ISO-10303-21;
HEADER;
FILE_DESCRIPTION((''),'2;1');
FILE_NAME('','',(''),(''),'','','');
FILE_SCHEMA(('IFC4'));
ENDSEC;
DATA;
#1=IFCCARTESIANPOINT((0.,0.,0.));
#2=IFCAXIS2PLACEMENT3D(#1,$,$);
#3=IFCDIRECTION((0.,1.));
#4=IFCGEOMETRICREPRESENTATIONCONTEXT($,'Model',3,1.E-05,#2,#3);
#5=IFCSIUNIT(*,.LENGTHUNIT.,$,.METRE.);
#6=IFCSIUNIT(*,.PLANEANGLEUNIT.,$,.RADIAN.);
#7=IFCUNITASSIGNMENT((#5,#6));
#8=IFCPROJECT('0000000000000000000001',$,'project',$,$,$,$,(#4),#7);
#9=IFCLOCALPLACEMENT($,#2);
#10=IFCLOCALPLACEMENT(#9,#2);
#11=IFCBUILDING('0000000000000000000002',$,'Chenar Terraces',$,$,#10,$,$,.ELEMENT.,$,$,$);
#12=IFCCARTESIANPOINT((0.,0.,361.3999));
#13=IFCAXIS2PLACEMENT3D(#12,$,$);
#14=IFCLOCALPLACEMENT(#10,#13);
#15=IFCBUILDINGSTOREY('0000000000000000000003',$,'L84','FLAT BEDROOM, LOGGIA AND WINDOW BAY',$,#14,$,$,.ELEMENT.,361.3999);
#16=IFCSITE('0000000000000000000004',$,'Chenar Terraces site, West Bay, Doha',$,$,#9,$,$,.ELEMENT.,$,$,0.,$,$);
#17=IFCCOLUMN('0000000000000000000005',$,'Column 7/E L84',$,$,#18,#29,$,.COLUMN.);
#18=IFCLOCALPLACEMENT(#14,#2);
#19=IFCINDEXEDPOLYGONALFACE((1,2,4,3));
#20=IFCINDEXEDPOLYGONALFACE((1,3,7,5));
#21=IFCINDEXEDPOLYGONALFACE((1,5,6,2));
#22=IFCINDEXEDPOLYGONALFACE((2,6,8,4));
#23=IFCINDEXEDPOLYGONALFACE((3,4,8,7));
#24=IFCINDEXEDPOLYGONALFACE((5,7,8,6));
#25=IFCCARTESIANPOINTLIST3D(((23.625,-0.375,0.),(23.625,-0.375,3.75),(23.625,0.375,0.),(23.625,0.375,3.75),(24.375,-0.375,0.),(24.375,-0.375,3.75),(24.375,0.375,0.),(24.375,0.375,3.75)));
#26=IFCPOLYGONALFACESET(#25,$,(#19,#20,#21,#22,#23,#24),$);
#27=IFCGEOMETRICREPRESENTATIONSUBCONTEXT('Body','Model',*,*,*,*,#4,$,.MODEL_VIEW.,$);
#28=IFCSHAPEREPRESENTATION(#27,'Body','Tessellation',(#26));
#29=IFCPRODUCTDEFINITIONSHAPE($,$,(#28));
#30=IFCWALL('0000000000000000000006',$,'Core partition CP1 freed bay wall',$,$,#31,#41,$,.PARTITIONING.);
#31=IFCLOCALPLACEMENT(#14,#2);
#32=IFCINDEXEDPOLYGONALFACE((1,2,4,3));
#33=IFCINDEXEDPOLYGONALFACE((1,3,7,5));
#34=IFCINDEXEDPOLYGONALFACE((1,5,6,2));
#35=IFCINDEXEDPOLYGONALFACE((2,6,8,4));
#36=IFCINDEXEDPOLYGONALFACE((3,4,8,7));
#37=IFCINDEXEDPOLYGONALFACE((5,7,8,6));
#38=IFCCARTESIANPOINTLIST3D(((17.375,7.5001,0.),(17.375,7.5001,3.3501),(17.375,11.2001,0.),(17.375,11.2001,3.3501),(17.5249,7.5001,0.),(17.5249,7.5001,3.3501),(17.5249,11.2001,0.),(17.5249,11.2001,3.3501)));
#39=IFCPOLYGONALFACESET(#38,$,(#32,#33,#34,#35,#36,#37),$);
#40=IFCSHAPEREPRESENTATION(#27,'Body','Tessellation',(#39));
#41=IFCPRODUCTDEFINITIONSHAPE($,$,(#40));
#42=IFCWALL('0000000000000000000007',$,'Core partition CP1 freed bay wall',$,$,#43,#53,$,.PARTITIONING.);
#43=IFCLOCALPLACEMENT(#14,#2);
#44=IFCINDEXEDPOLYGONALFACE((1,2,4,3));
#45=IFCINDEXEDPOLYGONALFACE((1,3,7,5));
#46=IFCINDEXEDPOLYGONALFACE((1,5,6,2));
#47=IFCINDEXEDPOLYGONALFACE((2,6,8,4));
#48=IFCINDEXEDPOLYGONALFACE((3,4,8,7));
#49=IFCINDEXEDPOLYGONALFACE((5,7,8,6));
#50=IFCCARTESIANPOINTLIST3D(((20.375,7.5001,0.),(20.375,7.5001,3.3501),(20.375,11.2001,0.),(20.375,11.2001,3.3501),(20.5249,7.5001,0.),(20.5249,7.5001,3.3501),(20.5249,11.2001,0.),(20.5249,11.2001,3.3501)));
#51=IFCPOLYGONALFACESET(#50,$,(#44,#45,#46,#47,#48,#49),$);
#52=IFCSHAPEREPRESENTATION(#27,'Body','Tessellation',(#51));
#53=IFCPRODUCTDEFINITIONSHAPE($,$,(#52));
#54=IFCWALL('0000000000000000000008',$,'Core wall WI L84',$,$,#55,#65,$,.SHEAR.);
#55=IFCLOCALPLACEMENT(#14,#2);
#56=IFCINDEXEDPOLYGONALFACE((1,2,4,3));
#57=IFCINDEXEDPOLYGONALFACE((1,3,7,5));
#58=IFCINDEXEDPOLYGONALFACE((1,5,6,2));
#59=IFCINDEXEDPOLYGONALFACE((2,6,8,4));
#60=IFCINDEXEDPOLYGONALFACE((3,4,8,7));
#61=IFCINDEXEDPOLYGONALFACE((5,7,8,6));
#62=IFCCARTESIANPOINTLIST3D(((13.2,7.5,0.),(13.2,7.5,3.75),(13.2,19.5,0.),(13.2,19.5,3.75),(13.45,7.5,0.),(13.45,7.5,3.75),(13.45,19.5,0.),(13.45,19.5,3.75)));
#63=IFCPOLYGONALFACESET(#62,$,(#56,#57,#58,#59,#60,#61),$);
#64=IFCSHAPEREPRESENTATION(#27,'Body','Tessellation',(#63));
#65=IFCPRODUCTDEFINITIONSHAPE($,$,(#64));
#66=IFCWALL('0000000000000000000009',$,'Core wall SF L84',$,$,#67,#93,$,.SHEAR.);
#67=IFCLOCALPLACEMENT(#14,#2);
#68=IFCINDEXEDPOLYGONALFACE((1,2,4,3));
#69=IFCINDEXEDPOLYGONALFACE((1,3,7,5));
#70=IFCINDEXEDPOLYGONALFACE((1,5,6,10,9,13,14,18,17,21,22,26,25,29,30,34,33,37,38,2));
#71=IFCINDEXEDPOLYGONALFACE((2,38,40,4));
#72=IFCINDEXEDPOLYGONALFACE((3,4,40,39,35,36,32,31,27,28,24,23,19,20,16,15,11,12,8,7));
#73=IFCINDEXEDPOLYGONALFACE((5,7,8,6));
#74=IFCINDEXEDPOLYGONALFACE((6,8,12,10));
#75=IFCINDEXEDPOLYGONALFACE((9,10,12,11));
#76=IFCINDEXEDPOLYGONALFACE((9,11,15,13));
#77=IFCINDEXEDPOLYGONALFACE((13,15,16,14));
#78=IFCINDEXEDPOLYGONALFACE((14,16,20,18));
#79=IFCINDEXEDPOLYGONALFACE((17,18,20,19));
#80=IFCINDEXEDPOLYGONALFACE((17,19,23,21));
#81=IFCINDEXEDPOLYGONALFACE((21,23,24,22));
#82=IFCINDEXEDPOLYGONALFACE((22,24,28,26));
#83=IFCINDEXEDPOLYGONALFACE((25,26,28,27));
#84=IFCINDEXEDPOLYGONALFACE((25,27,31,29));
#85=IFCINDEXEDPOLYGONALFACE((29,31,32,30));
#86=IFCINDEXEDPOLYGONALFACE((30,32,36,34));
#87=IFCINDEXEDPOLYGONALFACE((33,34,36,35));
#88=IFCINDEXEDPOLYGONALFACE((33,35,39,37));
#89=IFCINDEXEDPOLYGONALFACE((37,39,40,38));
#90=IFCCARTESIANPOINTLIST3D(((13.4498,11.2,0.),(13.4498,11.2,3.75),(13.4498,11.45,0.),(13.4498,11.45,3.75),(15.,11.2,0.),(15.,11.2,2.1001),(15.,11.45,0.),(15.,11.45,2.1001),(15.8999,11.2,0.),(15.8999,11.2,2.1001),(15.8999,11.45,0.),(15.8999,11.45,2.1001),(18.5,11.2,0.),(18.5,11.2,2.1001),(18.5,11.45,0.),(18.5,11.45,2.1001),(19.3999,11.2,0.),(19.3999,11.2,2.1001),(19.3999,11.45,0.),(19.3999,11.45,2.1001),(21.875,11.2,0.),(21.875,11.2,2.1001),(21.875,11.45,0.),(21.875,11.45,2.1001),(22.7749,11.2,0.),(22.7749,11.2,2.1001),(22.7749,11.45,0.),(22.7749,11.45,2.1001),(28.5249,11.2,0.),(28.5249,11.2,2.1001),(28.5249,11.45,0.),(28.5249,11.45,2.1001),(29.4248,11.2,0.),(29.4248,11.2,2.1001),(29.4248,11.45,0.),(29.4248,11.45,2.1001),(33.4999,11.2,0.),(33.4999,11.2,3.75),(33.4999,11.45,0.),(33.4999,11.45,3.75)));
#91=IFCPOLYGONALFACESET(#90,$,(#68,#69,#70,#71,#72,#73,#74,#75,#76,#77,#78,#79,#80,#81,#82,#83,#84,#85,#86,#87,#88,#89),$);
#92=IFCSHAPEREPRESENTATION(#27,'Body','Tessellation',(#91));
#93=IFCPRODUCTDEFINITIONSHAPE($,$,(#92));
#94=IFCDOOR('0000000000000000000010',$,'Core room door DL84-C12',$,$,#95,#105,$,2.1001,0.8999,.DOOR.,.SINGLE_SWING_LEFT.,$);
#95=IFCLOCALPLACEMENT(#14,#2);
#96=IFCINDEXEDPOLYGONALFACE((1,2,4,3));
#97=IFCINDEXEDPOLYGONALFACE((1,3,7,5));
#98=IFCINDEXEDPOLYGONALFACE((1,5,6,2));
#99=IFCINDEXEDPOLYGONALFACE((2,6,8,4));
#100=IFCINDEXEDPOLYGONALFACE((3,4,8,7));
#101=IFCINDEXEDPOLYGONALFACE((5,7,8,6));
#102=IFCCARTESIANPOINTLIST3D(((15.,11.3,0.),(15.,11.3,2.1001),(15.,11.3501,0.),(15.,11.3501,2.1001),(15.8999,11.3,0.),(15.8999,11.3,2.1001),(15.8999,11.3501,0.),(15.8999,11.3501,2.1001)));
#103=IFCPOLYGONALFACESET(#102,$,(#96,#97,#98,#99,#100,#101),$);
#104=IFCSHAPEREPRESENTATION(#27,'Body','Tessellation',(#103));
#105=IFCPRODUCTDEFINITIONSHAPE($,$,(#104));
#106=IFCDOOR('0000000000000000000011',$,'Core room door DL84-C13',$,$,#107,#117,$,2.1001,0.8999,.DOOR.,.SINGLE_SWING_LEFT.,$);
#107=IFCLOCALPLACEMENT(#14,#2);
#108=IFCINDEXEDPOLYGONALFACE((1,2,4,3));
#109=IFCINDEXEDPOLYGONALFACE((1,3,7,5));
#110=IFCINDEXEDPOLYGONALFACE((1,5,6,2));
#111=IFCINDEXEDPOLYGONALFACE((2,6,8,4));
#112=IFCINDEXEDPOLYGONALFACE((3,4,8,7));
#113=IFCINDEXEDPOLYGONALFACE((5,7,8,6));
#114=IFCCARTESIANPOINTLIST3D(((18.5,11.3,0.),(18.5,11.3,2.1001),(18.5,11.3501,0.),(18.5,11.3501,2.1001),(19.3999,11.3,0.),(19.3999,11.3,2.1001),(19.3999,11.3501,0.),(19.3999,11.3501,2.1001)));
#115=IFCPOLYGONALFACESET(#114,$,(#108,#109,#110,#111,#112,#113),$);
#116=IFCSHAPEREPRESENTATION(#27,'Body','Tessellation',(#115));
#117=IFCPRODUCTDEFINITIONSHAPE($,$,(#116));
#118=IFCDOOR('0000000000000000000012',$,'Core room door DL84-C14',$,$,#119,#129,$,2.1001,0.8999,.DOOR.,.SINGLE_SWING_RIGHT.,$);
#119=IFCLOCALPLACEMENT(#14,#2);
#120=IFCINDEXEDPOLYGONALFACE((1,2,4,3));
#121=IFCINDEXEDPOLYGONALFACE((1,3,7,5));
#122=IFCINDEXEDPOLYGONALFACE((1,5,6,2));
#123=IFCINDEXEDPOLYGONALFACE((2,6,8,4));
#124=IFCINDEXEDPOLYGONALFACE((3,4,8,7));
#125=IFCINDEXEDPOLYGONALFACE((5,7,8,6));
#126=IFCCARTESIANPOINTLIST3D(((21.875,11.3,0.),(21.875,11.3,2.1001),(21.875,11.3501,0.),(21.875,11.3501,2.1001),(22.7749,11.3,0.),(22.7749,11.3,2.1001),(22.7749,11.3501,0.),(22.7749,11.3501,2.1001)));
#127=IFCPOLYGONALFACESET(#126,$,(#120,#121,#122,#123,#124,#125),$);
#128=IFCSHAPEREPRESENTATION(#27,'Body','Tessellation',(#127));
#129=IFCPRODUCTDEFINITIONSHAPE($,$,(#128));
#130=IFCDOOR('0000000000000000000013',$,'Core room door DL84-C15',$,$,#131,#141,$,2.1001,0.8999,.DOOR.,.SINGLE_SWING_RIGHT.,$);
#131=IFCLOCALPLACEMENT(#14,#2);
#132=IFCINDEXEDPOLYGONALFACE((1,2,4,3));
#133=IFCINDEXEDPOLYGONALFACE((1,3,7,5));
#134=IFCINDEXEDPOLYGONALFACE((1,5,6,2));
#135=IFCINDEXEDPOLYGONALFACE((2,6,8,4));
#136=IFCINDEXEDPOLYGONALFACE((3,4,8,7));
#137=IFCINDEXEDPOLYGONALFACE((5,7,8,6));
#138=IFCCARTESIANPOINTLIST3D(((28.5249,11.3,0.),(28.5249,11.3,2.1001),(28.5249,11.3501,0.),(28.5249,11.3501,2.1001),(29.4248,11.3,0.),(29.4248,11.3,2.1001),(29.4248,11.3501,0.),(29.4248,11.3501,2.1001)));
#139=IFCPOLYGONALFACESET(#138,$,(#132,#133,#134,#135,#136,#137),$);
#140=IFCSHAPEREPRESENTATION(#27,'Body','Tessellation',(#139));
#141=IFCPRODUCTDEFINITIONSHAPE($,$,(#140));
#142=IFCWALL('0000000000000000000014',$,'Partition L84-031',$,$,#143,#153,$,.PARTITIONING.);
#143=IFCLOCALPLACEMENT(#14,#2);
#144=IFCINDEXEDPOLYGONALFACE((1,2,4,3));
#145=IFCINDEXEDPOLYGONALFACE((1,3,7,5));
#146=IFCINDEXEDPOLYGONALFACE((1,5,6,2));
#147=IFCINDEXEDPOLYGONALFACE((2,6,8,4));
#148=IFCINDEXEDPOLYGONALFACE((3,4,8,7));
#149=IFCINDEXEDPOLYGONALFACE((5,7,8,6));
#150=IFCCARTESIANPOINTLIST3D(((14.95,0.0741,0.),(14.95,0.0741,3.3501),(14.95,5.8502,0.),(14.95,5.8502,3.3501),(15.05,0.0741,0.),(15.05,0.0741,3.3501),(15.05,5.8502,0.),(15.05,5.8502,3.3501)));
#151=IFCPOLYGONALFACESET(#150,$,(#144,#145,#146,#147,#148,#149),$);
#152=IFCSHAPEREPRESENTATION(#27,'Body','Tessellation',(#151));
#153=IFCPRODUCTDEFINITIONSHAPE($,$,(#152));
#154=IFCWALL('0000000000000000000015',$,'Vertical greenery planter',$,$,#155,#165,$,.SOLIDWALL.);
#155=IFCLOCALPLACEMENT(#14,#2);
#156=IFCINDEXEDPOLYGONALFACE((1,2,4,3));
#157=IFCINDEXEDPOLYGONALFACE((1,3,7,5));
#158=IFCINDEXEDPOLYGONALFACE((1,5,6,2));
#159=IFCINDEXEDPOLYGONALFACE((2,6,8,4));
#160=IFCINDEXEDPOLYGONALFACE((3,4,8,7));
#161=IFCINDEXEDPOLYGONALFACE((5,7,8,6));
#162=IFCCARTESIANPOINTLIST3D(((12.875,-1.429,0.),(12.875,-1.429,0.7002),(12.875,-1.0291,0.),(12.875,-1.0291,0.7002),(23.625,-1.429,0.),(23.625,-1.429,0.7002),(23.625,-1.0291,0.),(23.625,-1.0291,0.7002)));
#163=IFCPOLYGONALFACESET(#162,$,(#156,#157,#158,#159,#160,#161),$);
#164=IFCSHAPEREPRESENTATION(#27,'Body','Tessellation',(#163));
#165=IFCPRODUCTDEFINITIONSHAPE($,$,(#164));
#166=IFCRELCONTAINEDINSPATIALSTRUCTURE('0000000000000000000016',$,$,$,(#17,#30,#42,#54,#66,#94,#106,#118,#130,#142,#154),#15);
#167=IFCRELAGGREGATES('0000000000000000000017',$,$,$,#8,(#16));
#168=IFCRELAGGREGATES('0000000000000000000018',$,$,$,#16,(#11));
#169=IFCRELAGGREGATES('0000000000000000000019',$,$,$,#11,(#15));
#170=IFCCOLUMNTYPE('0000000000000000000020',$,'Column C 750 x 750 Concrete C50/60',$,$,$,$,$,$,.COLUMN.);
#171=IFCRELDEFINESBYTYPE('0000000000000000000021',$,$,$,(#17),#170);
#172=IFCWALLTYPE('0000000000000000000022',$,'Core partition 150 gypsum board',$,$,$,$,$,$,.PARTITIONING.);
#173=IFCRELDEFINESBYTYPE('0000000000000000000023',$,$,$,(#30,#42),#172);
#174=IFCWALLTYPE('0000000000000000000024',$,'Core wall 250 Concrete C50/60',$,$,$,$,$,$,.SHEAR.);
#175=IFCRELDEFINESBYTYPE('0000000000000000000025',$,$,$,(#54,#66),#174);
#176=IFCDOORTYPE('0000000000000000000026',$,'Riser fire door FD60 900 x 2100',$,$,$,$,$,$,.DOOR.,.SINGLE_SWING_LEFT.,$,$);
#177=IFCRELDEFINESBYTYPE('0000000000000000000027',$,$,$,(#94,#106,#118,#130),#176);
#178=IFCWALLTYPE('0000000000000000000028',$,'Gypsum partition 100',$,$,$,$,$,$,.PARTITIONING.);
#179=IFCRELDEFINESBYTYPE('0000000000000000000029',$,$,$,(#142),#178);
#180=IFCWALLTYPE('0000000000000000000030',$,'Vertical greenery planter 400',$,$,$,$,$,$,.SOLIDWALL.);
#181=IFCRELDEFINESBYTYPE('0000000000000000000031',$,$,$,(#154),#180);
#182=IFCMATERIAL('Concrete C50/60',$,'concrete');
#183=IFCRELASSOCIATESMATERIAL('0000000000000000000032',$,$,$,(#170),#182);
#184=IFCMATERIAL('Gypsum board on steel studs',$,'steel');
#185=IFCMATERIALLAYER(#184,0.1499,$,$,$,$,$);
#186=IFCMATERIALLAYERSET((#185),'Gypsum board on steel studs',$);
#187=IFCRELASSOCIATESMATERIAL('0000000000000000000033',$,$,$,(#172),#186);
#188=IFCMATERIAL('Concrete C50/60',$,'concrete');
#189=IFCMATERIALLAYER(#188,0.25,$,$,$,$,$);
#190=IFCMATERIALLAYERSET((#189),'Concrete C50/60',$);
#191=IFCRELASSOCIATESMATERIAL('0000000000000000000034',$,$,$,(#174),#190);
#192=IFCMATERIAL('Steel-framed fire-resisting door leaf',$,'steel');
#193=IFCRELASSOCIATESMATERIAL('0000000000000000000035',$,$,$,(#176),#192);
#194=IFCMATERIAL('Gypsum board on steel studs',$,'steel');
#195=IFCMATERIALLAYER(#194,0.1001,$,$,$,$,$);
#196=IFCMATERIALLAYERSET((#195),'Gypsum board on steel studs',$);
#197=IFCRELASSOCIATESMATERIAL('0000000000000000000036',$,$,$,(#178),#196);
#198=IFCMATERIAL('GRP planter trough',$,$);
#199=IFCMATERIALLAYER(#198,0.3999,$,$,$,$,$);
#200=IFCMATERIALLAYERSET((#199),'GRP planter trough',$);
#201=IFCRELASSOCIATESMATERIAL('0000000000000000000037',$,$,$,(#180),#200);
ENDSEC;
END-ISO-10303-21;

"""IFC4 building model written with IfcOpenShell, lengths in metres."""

from ifc_helpers import new_model, si_unit, direction, frame, frame_2d, origin, origin_2d, place, context, subcontext, project, spatial, rectangle, extrude, material, layer, layer_set, material_profile, profile_set, type_object, element, fill, save


model = new_model("IFC4")

# Units and contexts
model_context = context("Model", 3, precision=1e-05, world=origin(), true_north=direction((0.0, 1.0)))
body_context = subcontext(model_context, "Body", "Model", "MODEL_VIEW")
ifc_project = project(units=[si_unit("LENGTHUNIT", "METRE"), si_unit("PLANEANGLEUNIT", "RADIAN")], contexts=[model_context])

# Site, building, storey
site_placement = place(None, origin())
site = spatial("IfcSite", under=ifc_project, at=site_placement, Name="Chenar Terraces site, West Bay, Doha", CompositionType="ELEMENT", RefElevation=0.0)
building_placement = place(site_placement, origin())
building = spatial("IfcBuilding", under=site, at=building_placement, Name="Chenar Terraces", CompositionType="ELEMENT")
storey_placement = place(building_placement, frame((0.0, 0.0, 361.3999)))
storey = spatial("IfcBuildingStorey", under=building, at=storey_placement, Name="L84", Description="FLAT BEDROOM, LOGGIA AND WINDOW BAY", CompositionType="ELEMENT", Elevation=361.3999)

# Column
ifc_material_1 = material(Name="Concrete C50/60", Category="concrete")
ifc_material_profile_1 = material_profile(ifc_material_1, rectangle(XDim=0.75, YDim=0.75, at=origin_2d()), Name="C 750 x 750")
ifc_profile_set_1 = profile_set([ifc_material_profile_1], Name="Concrete C50/60")
column_type = type_object("IfcColumnType", Name="Column C 750 x 750 Concrete C50/60", PredefinedType="COLUMN", material=ifc_profile_set_1)
column_placement = place(storey_placement, frame((24.0, 0.0, 0.0), z_axis=(0.0, 0.0, 1.0), x_axis=(1.0, 0.0, 0.0)))
element("IfcColumn", 1, at=column_placement, inside=storey, type_object=column_type, Name="Column 7/E L84", PredefinedType="COLUMN", context=body_context, shape_type="SweptSolid", body=[
    extrude(rectangle(XDim=0.75, YDim=0.75, at=origin_2d()), origin(), (0.0, 0.0, 1.0), 3.75),
])

# Walls
ifc_material_2 = material(Name="Gypsum board on steel studs", Category="steel")
ifc_layer_1 = layer(ifc_material_2, 0.1499)
ifc_layer_set_1 = layer_set([ifc_layer_1], Name="Gypsum board on steel studs")
wall_type_1 = type_object("IfcWallType", Name="Core partition 150 gypsum board", PredefinedType="PARTITIONING", material=ifc_layer_set_1)
for number, where, z_axis, x_axis, name in (
    (2, (17.45, 7.5, 0.0), (0.0, 0.0, 1.0), (0.0, 1.0, 0.0), "Core partition CP1 freed bay wall"),
    (3, (20.45, 7.5, 0.0), (0.0, 0.0, 1.0), (0.0, 1.0, 0.0), "Core partition CP1 freed bay wall"),
):
    element("IfcWall", number, at=place(storey_placement, frame(where, z_axis=z_axis, x_axis=x_axis)), inside=storey, type_object=wall_type_1, Name=name, PredefinedType="PARTITIONING", context=body_context, shape_type="SweptSolid", body=[
        extrude(rectangle(XDim=3.7, YDim=0.1499, at=frame_2d((1.8501, 0.0))), origin(), (0.0, 0.0, 1.0), 3.3501),
    ])
ifc_material_3 = material(Name="Concrete C50/60", Category="concrete")
ifc_layer_2 = layer(ifc_material_3, 0.25)
ifc_layer_set_2 = layer_set([ifc_layer_2], Name="Concrete C50/60")
wall_type_2 = type_object("IfcWallType", Name="Core wall 250 Concrete C50/60", PredefinedType="SHEAR", material=ifc_layer_set_2)
wall_1_placement = place(storey_placement, frame((13.325, 7.5, 0.0), z_axis=(0.0, 0.0, 1.0), x_axis=(0.0, 1.0, 0.0)))
element("IfcWall", 4, at=wall_1_placement, inside=storey, type_object=wall_type_2, Name="Core wall WI L84", PredefinedType="SHEAR", context=body_context, shape_type="SweptSolid", body=[
    extrude(rectangle(XDim=12.0, YDim=0.25, at=frame_2d((6.0, 0.0))), origin(), (0.0, 0.0, 1.0), 3.75),
])

# Wall, openings, doors
wall_2_placement = place(storey_placement, frame((13.45, 11.325, 0.0), z_axis=(0.0, 0.0, 1.0), x_axis=(1.0, 0.0, 0.0)))
wall_2 = element("IfcWall", 5, at=wall_2_placement, inside=storey, type_object=wall_type_2, Name="Core wall SF L84", PredefinedType="SHEAR", context=body_context, shape_type="SweptSolid", body=[
    extrude(rectangle(XDim=20.05, YDim=0.25, at=frame_2d((10.0249, 0.0))), origin(), (0.0, 0.0, 1.0), 3.75),
])
opening_1_placement = place(wall_2_placement, frame((1.55, 0.0, 0.0)))
opening_1 = element("IfcOpeningElement", 6, at=opening_1_placement, cuts=wall_2, PredefinedType="OPENING", context=body_context, shape_type="SweptSolid", body=[
    extrude(rectangle(XDim=0.8999, YDim=2.1001, at=frame_2d((0.45, 1.05))), frame((0.0, 0.135, 0.0), z_axis=(0.0, -1.0, 0.0), x_axis=(1.0, 0.0, 0.0)), (0.0, 0.0, 1.0), 0.27),
])
opening_2_placement = place(wall_2_placement, frame((5.05, 0.0, 0.0)))
opening_2 = element("IfcOpeningElement", 7, at=opening_2_placement, cuts=wall_2, PredefinedType="OPENING", context=body_context, shape_type="SweptSolid", body=[
    extrude(rectangle(XDim=0.8999, YDim=2.1001, at=frame_2d((0.45, 1.05))), frame((0.0, 0.135, 0.0), z_axis=(0.0, -1.0, 0.0), x_axis=(1.0, 0.0, 0.0)), (0.0, 0.0, 1.0), 0.27),
])
opening_3_placement = place(wall_2_placement, frame((8.425, 0.0, 0.0)))
opening_3 = element("IfcOpeningElement", 8, at=opening_3_placement, cuts=wall_2, PredefinedType="OPENING", context=body_context, shape_type="SweptSolid", body=[
    extrude(rectangle(XDim=0.8999, YDim=2.1001, at=frame_2d((0.45, 1.05))), frame((0.0, 0.135, 0.0), z_axis=(0.0, -1.0, 0.0), x_axis=(1.0, 0.0, 0.0)), (0.0, 0.0, 1.0), 0.27),
])
opening_4_placement = place(wall_2_placement, frame((15.075, 0.0, 0.0)))
opening_4 = element("IfcOpeningElement", 9, at=opening_4_placement, cuts=wall_2, PredefinedType="OPENING", context=body_context, shape_type="SweptSolid", body=[
    extrude(rectangle(XDim=0.8999, YDim=2.1001, at=frame_2d((0.45, 1.05))), frame((0.0, 0.135, 0.0), z_axis=(0.0, -1.0, 0.0), x_axis=(1.0, 0.0, 0.0)), (0.0, 0.0, 1.0), 0.27),
])
ifc_material_4 = material(Name="Steel-framed fire-resisting door leaf", Category="steel")
door_type = type_object("IfcDoorType", Name="Riser fire door FD60 900 x 2100", OperationType="SINGLE_SWING_LEFT", PredefinedType="DOOR", material=ifc_material_4)
door_1_placement = place(opening_1_placement, frame((0.8999, 0.0, 0.0), z_axis=(0.0, 0.0, 1.0), x_axis=(-1.0, 0.0, 0.0)))
door_1 = element("IfcDoor", 10, at=door_1_placement, inside=storey, type_object=door_type, Name="Core room door DL84-C12", OperationType="SINGLE_SWING_LEFT", OverallHeight=2.1001, OverallWidth=0.8999, PredefinedType="DOOR", context=body_context, shape_type="SweptSolid", body=[
    extrude(rectangle(XDim=0.8999, YDim=2.1001, at=frame_2d((0.45, 1.05))), frame((0.0, 0.0249, 0.0), z_axis=(0.0, -1.0, 0.0), x_axis=(1.0, 0.0, 0.0)), (0.0, 0.0, 1.0), 0.05),
])
fill(opening_1, door_1)
door_2_placement = place(opening_2_placement, frame((0.8999, 0.0, 0.0), z_axis=(0.0, 0.0, 1.0), x_axis=(-1.0, 0.0, 0.0)))
door_2 = element("IfcDoor", 11, at=door_2_placement, inside=storey, type_object=door_type, Name="Core room door DL84-C13", OperationType="SINGLE_SWING_LEFT", OverallHeight=2.1001, OverallWidth=0.8999, PredefinedType="DOOR", context=body_context, shape_type="SweptSolid", body=[
    extrude(rectangle(XDim=0.8999, YDim=2.1001, at=frame_2d((0.45, 1.05))), frame((0.0, 0.0249, 0.0), z_axis=(0.0, -1.0, 0.0), x_axis=(1.0, 0.0, 0.0)), (0.0, 0.0, 1.0), 0.05),
])
fill(opening_2, door_2)
door_3_placement = place(opening_3_placement, frame((0.8999, 0.0, 0.0), z_axis=(0.0, 0.0, 1.0), x_axis=(-1.0, 0.0, 0.0)))
door_3 = element("IfcDoor", 12, at=door_3_placement, inside=storey, type_object=door_type, Name="Core room door DL84-C14", OperationType="SINGLE_SWING_RIGHT", OverallHeight=2.1001, OverallWidth=0.8999, PredefinedType="DOOR", context=body_context, shape_type="SweptSolid", body=[
    extrude(rectangle(XDim=0.8999, YDim=2.1001, at=frame_2d((0.45, 1.05))), frame((0.0, 0.0249, 0.0), z_axis=(0.0, -1.0, 0.0), x_axis=(1.0, 0.0, 0.0)), (0.0, 0.0, 1.0), 0.05),
])
fill(opening_3, door_3)
door_4_placement = place(opening_4_placement, frame((0.8999, 0.0, 0.0), z_axis=(0.0, 0.0, 1.0), x_axis=(-1.0, 0.0, 0.0)))
door_4 = element("IfcDoor", 13, at=door_4_placement, inside=storey, type_object=door_type, Name="Core room door DL84-C15", OperationType="SINGLE_SWING_RIGHT", OverallHeight=2.1001, OverallWidth=0.8999, PredefinedType="DOOR", context=body_context, shape_type="SweptSolid", body=[
    extrude(rectangle(XDim=0.8999, YDim=2.1001, at=frame_2d((0.45, 1.05))), frame((0.0, 0.0249, 0.0), z_axis=(0.0, -1.0, 0.0), x_axis=(1.0, 0.0, 0.0)), (0.0, 0.0, 1.0), 0.05),
])
fill(opening_4, door_4)

# Walls
ifc_material_5 = material(Name="Gypsum board on steel studs", Category="steel")
ifc_layer_3 = layer(ifc_material_5, 0.1001)
ifc_layer_set_3 = layer_set([ifc_layer_3], Name="Gypsum board on steel studs")
wall_type_3 = type_object("IfcWallType", Name="Gypsum partition 100", PredefinedType="PARTITIONING", material=ifc_layer_set_3)
wall_3_placement = place(storey_placement, frame((15.0, 0.074, 0.0), z_axis=(0.0, 0.0, 1.0), x_axis=(0.0, 1.0, 0.0)))
element("IfcWall", 14, at=wall_3_placement, inside=storey, type_object=wall_type_3, Name="Partition L84-031", PredefinedType="PARTITIONING", context=body_context, shape_type="SweptSolid", body=[
    extrude(rectangle(XDim=5.7761, YDim=0.1001, at=frame_2d((2.8882, 0.0))), origin(), (0.0, 0.0, 1.0), 3.3501),
])
ifc_material_6 = material(Name="GRP planter trough")
ifc_layer_4 = layer(ifc_material_6, 0.3999)
ifc_layer_set_4 = layer_set([ifc_layer_4], Name="GRP planter trough")
wall_type_4 = type_object("IfcWallType", Name="Vertical greenery planter 400", PredefinedType="SOLIDWALL", material=ifc_layer_set_4)
wall_4_placement = place(storey_placement, frame((12.875, -1.229, 0.0), z_axis=(0.0, 0.0, 1.0), x_axis=(1.0, 0.0, 0.0)))
element("IfcWall", 15, at=wall_4_placement, inside=storey, type_object=wall_type_4, Name="Vertical greenery planter", PredefinedType="SOLIDWALL", context=body_context, shape_type="SweptSolid", body=[
    extrude(rectangle(XDim=10.75, YDim=0.3999, at=frame_2d((5.375, 0.0))), origin(), (0.0, 0.0, 1.0), 0.7002),
])

save(model, "model.ifc")
